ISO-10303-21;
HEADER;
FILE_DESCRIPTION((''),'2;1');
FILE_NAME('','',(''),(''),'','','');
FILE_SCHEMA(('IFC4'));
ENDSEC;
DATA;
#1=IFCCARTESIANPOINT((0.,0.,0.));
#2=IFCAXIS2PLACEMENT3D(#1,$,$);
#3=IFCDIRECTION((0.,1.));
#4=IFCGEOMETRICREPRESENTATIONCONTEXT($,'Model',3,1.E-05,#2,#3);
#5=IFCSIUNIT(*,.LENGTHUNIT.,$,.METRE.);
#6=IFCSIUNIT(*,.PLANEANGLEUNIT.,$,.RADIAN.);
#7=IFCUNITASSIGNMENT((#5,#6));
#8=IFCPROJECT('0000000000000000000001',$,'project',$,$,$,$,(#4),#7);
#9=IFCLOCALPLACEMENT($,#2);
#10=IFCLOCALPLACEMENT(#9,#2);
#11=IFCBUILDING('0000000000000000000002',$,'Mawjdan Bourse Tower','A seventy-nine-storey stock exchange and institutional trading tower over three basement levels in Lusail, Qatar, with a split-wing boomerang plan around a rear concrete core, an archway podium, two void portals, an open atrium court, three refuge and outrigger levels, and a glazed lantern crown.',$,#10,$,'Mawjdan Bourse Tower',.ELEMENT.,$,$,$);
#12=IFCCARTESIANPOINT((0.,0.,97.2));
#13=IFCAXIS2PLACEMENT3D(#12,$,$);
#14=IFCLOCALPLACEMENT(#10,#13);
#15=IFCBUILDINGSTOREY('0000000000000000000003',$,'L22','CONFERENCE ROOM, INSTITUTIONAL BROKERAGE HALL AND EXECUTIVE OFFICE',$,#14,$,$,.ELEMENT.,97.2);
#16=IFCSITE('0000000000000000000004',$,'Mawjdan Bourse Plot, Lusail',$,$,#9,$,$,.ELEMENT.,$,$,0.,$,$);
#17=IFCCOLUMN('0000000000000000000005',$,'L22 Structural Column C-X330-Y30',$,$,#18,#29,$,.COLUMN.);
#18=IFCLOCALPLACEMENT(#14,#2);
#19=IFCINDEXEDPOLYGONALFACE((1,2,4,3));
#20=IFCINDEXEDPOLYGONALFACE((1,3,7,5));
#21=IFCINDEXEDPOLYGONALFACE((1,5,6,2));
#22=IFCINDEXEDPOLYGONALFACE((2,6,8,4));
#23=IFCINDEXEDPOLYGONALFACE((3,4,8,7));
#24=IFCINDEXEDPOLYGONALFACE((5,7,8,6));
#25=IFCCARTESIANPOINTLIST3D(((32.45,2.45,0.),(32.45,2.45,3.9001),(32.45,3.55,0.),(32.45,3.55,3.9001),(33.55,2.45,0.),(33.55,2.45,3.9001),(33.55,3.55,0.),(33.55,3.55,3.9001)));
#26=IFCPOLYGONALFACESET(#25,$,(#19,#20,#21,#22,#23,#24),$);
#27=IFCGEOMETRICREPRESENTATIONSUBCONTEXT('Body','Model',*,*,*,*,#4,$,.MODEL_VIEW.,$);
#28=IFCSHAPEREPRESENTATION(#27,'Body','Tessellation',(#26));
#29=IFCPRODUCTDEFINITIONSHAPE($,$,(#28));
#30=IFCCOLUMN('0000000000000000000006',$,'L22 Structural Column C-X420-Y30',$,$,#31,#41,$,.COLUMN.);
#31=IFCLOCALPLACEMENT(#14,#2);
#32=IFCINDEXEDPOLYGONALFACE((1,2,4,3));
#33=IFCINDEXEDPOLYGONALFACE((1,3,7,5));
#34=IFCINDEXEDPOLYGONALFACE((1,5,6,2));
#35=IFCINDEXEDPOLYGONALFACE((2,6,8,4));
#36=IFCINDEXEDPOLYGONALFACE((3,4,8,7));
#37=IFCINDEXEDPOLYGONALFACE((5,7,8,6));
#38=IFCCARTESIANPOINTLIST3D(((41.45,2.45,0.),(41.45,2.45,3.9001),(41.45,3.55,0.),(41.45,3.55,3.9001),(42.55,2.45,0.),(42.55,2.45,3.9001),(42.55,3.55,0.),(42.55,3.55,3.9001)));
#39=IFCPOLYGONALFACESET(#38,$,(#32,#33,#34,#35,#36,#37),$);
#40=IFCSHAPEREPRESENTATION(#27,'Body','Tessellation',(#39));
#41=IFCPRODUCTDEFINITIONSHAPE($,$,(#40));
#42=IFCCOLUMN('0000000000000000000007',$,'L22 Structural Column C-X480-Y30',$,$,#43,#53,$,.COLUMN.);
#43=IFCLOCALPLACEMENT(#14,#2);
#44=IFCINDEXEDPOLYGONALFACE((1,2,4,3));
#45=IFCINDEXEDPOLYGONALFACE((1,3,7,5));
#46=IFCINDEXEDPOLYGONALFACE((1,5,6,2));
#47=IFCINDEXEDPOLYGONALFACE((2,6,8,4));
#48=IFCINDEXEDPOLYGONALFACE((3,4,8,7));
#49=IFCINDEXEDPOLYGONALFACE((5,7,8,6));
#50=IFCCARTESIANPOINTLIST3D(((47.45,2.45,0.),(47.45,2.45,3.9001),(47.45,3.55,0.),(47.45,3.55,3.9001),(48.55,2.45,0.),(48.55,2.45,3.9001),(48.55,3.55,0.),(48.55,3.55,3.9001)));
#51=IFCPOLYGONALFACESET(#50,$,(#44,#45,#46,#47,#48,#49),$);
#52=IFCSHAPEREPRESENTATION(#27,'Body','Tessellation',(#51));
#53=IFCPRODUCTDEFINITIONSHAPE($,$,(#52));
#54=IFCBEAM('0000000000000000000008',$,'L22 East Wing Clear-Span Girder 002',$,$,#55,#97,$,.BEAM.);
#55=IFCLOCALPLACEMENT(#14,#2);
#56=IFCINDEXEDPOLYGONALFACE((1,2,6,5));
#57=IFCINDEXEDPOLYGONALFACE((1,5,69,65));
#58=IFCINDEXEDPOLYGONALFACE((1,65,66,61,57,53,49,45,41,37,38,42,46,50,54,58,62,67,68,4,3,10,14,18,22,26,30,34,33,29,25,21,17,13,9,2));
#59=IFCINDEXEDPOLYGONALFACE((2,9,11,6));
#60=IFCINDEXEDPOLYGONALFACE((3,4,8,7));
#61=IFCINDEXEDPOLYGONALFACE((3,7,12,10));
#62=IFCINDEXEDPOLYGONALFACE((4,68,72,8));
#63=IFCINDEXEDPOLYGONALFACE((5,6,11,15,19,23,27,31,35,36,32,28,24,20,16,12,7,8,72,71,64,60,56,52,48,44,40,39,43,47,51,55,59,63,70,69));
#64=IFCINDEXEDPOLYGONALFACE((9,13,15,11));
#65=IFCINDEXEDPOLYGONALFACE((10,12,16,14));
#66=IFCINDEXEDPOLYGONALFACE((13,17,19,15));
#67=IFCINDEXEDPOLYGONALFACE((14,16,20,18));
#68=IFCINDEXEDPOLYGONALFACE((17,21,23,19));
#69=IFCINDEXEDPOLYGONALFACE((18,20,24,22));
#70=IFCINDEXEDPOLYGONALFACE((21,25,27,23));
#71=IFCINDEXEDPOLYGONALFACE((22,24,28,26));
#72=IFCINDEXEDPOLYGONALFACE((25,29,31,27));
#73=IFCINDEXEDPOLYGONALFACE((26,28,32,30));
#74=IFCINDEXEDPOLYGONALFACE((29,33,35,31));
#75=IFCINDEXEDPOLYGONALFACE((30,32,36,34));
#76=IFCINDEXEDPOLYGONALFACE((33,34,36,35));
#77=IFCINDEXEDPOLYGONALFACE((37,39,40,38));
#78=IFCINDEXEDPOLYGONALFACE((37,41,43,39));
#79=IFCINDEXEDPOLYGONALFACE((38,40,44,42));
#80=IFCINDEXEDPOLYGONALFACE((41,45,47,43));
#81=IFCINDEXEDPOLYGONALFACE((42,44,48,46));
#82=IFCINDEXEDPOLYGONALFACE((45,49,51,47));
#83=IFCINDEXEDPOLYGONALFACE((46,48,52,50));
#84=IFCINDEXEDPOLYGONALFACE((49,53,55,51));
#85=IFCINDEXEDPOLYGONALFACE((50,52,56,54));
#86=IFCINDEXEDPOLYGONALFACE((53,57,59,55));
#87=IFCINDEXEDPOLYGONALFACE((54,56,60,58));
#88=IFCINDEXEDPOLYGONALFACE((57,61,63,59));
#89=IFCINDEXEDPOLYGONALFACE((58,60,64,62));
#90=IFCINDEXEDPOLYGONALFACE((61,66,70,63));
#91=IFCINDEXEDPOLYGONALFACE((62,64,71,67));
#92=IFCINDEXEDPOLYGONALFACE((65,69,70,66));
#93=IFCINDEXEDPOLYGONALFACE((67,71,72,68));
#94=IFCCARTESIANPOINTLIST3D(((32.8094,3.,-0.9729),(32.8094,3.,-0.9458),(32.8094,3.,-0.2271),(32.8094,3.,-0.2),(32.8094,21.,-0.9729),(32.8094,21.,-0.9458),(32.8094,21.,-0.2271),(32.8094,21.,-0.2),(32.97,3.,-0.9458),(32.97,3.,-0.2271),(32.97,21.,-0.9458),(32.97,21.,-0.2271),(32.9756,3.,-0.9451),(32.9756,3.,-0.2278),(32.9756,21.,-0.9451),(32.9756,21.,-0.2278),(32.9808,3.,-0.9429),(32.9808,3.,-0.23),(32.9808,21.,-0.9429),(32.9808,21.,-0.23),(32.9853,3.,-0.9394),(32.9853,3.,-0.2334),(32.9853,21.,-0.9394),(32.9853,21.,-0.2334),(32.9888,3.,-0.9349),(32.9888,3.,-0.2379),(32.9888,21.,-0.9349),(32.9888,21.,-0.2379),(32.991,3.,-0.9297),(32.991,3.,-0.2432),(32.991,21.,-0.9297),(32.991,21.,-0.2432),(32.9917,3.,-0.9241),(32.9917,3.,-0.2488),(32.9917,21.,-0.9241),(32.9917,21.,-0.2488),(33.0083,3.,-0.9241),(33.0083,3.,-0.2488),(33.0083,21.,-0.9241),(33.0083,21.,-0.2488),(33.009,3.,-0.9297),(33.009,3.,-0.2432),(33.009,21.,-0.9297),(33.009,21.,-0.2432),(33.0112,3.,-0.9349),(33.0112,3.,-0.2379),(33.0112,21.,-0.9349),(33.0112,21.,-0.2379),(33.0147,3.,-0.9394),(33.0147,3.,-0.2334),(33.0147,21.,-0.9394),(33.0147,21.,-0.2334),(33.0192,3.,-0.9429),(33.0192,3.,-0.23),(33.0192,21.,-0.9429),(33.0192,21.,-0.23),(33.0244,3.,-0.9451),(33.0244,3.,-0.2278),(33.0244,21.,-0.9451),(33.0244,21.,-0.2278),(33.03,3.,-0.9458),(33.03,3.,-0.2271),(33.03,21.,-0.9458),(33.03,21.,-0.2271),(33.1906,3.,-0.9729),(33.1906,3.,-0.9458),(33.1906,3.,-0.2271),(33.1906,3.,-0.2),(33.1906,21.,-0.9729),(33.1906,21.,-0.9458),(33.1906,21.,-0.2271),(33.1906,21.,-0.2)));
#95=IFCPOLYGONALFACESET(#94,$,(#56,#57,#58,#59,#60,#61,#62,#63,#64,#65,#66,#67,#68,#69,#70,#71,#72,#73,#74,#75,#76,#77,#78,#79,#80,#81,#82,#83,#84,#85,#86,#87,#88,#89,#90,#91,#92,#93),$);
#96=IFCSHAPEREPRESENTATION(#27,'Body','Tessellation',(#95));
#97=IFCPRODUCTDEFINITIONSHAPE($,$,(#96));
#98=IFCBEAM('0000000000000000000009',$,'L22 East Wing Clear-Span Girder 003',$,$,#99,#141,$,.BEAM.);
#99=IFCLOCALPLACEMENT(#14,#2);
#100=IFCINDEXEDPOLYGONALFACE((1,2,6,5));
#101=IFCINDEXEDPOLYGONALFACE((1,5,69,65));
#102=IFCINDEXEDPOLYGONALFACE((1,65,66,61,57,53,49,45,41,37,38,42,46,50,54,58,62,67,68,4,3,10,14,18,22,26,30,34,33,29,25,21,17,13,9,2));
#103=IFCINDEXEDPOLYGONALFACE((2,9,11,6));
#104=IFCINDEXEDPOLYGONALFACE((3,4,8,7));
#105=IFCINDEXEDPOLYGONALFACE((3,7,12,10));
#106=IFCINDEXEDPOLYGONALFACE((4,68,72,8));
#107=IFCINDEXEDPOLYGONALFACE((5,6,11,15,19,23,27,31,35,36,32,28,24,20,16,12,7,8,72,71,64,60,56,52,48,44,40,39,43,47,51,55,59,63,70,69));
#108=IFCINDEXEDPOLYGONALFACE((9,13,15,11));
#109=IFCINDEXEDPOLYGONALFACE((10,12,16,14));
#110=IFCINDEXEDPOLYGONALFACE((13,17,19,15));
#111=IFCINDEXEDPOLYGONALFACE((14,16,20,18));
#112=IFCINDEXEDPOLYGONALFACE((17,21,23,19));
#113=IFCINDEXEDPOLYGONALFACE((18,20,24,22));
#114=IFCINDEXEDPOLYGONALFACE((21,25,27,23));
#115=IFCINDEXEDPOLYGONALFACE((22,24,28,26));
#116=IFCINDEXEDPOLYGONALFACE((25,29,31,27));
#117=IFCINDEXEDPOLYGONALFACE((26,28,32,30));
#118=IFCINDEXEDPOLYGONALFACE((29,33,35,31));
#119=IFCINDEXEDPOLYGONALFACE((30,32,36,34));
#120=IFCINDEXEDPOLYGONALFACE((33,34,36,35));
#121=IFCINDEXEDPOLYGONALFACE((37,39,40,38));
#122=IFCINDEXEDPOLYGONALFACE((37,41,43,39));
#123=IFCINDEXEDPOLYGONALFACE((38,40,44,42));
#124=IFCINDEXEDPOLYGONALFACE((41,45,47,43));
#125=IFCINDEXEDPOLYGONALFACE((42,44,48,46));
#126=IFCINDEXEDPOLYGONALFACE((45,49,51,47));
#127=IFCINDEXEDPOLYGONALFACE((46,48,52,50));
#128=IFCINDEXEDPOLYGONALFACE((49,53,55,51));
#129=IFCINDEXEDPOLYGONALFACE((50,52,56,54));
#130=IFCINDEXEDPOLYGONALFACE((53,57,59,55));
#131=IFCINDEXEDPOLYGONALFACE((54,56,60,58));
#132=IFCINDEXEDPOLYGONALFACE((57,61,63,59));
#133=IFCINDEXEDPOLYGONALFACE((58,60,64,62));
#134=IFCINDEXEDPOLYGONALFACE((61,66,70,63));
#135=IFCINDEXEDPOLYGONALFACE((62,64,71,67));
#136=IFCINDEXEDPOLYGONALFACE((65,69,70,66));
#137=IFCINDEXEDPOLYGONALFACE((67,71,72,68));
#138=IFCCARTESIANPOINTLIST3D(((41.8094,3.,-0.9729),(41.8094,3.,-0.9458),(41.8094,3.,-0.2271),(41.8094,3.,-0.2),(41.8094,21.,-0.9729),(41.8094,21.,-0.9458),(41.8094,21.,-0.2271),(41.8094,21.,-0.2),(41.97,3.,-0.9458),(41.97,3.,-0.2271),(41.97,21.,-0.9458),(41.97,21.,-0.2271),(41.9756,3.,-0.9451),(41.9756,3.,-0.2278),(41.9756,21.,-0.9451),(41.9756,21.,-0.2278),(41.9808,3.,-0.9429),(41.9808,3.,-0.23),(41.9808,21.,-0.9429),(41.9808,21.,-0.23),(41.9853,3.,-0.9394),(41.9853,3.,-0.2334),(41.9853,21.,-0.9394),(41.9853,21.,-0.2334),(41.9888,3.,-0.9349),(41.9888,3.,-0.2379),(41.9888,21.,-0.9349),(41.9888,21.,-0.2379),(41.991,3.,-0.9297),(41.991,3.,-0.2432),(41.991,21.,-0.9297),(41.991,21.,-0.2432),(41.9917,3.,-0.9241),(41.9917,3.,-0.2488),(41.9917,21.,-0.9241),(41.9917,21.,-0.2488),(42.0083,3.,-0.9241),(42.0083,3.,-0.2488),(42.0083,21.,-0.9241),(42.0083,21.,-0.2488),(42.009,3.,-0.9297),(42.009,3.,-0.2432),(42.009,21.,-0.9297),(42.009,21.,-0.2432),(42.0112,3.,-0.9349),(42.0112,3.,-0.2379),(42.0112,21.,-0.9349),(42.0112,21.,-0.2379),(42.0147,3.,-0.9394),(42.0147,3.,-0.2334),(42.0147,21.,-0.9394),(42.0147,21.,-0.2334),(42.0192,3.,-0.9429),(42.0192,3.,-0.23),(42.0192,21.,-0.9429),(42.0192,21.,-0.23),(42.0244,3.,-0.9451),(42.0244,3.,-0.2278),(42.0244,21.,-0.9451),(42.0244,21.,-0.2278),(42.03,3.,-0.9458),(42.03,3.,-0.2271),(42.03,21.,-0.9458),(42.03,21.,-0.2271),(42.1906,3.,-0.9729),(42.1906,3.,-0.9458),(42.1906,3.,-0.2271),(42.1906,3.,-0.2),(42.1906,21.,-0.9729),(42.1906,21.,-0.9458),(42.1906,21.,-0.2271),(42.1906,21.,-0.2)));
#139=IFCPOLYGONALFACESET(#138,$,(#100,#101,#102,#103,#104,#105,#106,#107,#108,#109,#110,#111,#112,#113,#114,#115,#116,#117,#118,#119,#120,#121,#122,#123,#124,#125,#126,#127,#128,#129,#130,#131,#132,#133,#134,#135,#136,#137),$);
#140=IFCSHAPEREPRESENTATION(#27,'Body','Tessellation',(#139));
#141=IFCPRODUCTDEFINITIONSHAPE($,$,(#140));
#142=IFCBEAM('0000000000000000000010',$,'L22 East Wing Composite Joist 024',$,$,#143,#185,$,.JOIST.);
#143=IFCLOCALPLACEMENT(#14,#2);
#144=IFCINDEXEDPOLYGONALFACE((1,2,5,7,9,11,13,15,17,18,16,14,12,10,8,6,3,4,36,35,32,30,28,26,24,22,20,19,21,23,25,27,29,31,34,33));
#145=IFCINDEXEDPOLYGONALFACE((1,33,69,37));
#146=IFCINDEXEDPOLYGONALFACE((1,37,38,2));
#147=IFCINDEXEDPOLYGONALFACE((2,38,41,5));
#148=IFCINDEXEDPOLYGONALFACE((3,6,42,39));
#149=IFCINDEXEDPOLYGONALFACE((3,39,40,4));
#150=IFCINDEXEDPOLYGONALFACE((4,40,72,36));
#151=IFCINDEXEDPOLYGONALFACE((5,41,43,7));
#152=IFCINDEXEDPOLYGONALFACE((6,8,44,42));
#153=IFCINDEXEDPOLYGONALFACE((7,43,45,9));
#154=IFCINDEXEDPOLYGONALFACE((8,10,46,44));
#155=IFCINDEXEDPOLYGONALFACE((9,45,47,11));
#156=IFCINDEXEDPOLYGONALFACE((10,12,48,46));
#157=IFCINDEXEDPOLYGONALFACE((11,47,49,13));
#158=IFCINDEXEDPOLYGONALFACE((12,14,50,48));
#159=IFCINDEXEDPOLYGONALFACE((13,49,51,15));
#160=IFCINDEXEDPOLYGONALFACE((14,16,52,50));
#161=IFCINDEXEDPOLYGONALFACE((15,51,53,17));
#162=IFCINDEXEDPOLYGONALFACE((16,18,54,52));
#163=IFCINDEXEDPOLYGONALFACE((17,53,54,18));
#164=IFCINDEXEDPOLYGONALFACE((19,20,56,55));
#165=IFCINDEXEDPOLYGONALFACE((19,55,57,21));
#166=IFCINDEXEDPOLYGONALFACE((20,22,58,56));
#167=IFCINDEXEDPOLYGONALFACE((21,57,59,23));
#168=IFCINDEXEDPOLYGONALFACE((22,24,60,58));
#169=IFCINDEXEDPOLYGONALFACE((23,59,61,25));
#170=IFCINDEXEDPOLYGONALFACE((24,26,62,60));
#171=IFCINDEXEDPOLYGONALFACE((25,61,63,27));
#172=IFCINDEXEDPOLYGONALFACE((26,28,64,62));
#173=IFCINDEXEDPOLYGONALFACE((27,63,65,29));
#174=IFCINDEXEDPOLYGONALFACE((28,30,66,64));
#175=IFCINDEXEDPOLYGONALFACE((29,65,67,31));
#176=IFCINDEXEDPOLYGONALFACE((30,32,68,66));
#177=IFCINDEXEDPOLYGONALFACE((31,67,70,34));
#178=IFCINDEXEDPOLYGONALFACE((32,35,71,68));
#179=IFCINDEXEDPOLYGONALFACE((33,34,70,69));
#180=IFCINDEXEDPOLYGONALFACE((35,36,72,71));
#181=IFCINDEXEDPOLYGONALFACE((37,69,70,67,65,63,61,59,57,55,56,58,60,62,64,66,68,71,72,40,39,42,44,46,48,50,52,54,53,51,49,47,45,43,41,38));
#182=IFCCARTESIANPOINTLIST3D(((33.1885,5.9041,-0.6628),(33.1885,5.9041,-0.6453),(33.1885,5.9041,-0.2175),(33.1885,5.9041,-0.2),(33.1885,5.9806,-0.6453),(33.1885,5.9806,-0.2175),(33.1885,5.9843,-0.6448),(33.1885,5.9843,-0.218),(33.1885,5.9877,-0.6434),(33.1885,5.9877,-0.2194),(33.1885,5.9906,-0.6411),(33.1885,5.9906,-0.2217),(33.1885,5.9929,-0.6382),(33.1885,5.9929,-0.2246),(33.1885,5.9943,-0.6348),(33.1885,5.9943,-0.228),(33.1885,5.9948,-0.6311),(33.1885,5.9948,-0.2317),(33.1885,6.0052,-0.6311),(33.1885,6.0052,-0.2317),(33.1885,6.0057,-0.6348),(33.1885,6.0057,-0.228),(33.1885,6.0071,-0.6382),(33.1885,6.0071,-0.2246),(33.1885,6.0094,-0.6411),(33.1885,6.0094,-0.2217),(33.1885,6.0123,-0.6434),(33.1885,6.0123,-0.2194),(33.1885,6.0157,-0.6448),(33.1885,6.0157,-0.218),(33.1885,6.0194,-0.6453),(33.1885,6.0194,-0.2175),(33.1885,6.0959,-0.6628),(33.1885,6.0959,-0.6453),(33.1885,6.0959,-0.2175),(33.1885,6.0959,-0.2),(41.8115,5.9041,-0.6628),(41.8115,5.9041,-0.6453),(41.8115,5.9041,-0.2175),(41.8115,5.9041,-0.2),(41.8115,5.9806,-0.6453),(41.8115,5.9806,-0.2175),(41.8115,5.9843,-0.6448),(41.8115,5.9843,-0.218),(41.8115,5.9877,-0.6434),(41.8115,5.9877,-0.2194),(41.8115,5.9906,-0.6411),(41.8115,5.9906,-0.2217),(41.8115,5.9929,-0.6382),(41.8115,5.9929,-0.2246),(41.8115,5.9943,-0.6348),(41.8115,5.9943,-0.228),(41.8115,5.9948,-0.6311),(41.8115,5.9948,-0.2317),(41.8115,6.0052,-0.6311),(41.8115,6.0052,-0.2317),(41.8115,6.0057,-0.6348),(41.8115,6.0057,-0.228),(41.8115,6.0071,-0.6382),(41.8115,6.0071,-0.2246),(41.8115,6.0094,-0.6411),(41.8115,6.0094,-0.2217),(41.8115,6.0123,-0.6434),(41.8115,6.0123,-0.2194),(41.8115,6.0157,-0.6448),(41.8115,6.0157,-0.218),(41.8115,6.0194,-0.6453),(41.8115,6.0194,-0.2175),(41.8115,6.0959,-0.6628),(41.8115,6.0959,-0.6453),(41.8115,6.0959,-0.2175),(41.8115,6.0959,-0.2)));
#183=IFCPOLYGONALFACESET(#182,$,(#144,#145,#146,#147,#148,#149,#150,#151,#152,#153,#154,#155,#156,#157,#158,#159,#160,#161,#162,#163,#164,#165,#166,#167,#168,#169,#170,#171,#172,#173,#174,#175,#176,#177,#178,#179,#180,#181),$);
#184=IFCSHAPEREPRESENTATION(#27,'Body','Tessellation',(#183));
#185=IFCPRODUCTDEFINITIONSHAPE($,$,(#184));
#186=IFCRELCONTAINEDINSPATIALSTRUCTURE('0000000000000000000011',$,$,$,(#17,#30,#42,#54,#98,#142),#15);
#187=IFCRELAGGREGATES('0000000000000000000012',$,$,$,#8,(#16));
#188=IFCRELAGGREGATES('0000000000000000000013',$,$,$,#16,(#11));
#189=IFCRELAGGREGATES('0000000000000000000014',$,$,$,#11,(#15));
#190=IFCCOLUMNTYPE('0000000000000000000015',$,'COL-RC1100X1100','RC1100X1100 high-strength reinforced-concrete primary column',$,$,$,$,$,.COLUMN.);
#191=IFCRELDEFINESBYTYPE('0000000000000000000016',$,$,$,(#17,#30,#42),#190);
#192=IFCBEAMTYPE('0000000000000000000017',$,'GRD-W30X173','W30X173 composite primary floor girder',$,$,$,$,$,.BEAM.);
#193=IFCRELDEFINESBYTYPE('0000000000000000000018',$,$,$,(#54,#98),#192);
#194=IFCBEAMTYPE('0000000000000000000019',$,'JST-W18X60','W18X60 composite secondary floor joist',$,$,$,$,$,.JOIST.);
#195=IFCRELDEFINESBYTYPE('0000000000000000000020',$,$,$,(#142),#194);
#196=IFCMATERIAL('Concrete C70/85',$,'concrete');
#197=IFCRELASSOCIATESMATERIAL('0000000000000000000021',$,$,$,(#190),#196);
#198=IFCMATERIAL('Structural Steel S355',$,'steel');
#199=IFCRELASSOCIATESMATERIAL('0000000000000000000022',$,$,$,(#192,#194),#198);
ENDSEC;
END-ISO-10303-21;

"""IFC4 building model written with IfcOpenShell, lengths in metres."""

from ifc_helpers import new_model, si_unit, direction, frame, origin, origin_2d, place, context, subcontext, project, spatial, rectangle, i_section, extrude, material, material_profile, profile_set, type_object, element, save


model = new_model("IFC4")

# Units and contexts
model_context = context("Model", 3, precision=1e-05, world=origin(), true_north=direction((0.0, 1.0)))
body_context = subcontext(model_context, "Body", "Model", "MODEL_VIEW")
ifc_project = project(units=[si_unit("LENGTHUNIT", "METRE"), si_unit("PLANEANGLEUNIT", "RADIAN")], contexts=[model_context])

# Site, building, storey
site_placement = place(None, origin())
site = spatial("IfcSite", under=ifc_project, at=site_placement, Name="Mawjdan Bourse Plot, Lusail", CompositionType="ELEMENT", RefElevation=0.0)
building_placement = place(site_placement, origin())
building = spatial("IfcBuilding", under=site, at=building_placement, Name="Mawjdan Bourse Tower", Description="A seventy-nine-storey stock exchange and institutional trading tower over three basement levels in Lusail, Qatar, with a split-wing boomerang plan around a rear concrete core, an archway podium, two void portals, an open atrium court, three refuge and outrigger levels, and a glazed lantern crown.", LongName="Mawjdan Bourse Tower", CompositionType="ELEMENT")
storey_placement = place(building_placement, frame((0.0, 0.0, 97.2)))
storey = spatial("IfcBuildingStorey", under=building, at=storey_placement, Name="L22", Description="CONFERENCE ROOM, INSTITUTIONAL BROKERAGE HALL AND EXECUTIVE OFFICE", CompositionType="ELEMENT", Elevation=97.2)

# Columns
ifc_material_1 = material(Name="Concrete C70/85", Category="concrete")
ifc_material_profile_1 = material_profile(ifc_material_1, rectangle(XDim=1.1001, YDim=1.1001, at=origin_2d()), Name="RC1100X1100")
ifc_profile_set_1 = profile_set([ifc_material_profile_1], Name="Concrete C70/85")
column_type = type_object("IfcColumnType", Name="COL-RC1100X1100", Description="RC1100X1100 high-strength reinforced-concrete primary column", PredefinedType="COLUMN", material=ifc_profile_set_1)
for number, where, z_axis, x_axis, name in (
    (1, (33.0, 3.0, 0.0), (0.0, 0.0, 1.0), (1.0, 0.0, 0.0), "L22 Structural Column C-X330-Y30"),
    (2, (42.0, 3.0, 0.0), (0.0, 0.0, 1.0), (1.0, 0.0, 0.0), "L22 Structural Column C-X420-Y30"),
    (3, (48.0, 3.0, 0.0), (0.0, 0.0, 1.0), (1.0, 0.0, 0.0), "L22 Structural Column C-X480-Y30"),
):
    element("IfcColumn", number, at=place(storey_placement, frame(where, z_axis=z_axis, x_axis=x_axis)), inside=storey, type_object=column_type, Name=name, PredefinedType="COLUMN", context=body_context, shape_type="SweptSolid", body=[
        extrude(rectangle(XDim=1.1001, YDim=1.1001, at=origin_2d()), origin(), (0.0, 0.0, 1.0), 3.9001),
    ])

# Beams
ifc_material_2 = material(Name="Structural Steel S355", Category="steel")
ifc_material_profile_2 = material_profile(ifc_material_2, i_section(OverallWidth=0.3811, OverallDepth=0.7729, WebThickness=0.0166, FlangeThickness=0.0271, FilletRadius=0.0217, at=origin_2d()), Name="W30X173")
ifc_profile_set_2 = profile_set([ifc_material_profile_2], Name="Structural Steel S355")
beam_type_1 = type_object("IfcBeamType", Name="GRD-W30X173", Description="W30X173 composite primary floor girder", PredefinedType="BEAM", material=ifc_profile_set_2)
for number, where, z_axis, x_axis, name in (
    (4, (33.0, 3.0, -0.5864), (0.0, 1.0, 0.0), (-1.0, 0.0, 0.0), "L22 East Wing Clear-Span Girder 002"),
    (5, (42.0, 3.0, -0.5864), (0.0, 1.0, 0.0), (-1.0, 0.0, 0.0), "L22 East Wing Clear-Span Girder 003"),
):
    element("IfcBeam", number, at=place(storey_placement, frame(where, z_axis=z_axis, x_axis=x_axis)), inside=storey, type_object=beam_type_1, Name=name, PredefinedType="BEAM", context=body_context, shape_type="SweptSolid", body=[
        extrude(i_section(OverallWidth=0.3811, OverallDepth=0.7729, WebThickness=0.0166, FlangeThickness=0.0271, FilletRadius=0.0217, at=origin_2d()), origin(), (0.0, 0.0, 1.0), 18.0),
    ])
ifc_material_profile_3 = material_profile(ifc_material_2, i_section(OverallWidth=0.1919, OverallDepth=0.4629, WebThickness=0.0105, FlangeThickness=0.0176, FilletRadius=0.0142, at=origin_2d()), Name="W18X60")
ifc_profile_set_3 = profile_set([ifc_material_profile_3], Name="Structural Steel S355")
beam_type_2 = type_object("IfcBeamType", Name="JST-W18X60", Description="W18X60 composite secondary floor joist", PredefinedType="JOIST", material=ifc_profile_set_3)
beam_1_placement = place(storey_placement, frame((33.1885, 6.0, -0.4314), z_axis=(1.0, 0.0, 0.0), x_axis=(0.0, 1.0, 0.0)))
element("IfcBeam", 6, at=beam_1_placement, inside=storey, type_object=beam_type_2, Name="L22 East Wing Composite Joist 024", PredefinedType="JOIST", context=body_context, shape_type="SweptSolid", body=[
    extrude(i_section(OverallWidth=0.1919, OverallDepth=0.4629, WebThickness=0.0105, FlangeThickness=0.0176, FilletRadius=0.0142, at=origin_2d()), origin(), (0.0, 0.0, 1.0), 8.623),
])

save(model, "model.ifc")
